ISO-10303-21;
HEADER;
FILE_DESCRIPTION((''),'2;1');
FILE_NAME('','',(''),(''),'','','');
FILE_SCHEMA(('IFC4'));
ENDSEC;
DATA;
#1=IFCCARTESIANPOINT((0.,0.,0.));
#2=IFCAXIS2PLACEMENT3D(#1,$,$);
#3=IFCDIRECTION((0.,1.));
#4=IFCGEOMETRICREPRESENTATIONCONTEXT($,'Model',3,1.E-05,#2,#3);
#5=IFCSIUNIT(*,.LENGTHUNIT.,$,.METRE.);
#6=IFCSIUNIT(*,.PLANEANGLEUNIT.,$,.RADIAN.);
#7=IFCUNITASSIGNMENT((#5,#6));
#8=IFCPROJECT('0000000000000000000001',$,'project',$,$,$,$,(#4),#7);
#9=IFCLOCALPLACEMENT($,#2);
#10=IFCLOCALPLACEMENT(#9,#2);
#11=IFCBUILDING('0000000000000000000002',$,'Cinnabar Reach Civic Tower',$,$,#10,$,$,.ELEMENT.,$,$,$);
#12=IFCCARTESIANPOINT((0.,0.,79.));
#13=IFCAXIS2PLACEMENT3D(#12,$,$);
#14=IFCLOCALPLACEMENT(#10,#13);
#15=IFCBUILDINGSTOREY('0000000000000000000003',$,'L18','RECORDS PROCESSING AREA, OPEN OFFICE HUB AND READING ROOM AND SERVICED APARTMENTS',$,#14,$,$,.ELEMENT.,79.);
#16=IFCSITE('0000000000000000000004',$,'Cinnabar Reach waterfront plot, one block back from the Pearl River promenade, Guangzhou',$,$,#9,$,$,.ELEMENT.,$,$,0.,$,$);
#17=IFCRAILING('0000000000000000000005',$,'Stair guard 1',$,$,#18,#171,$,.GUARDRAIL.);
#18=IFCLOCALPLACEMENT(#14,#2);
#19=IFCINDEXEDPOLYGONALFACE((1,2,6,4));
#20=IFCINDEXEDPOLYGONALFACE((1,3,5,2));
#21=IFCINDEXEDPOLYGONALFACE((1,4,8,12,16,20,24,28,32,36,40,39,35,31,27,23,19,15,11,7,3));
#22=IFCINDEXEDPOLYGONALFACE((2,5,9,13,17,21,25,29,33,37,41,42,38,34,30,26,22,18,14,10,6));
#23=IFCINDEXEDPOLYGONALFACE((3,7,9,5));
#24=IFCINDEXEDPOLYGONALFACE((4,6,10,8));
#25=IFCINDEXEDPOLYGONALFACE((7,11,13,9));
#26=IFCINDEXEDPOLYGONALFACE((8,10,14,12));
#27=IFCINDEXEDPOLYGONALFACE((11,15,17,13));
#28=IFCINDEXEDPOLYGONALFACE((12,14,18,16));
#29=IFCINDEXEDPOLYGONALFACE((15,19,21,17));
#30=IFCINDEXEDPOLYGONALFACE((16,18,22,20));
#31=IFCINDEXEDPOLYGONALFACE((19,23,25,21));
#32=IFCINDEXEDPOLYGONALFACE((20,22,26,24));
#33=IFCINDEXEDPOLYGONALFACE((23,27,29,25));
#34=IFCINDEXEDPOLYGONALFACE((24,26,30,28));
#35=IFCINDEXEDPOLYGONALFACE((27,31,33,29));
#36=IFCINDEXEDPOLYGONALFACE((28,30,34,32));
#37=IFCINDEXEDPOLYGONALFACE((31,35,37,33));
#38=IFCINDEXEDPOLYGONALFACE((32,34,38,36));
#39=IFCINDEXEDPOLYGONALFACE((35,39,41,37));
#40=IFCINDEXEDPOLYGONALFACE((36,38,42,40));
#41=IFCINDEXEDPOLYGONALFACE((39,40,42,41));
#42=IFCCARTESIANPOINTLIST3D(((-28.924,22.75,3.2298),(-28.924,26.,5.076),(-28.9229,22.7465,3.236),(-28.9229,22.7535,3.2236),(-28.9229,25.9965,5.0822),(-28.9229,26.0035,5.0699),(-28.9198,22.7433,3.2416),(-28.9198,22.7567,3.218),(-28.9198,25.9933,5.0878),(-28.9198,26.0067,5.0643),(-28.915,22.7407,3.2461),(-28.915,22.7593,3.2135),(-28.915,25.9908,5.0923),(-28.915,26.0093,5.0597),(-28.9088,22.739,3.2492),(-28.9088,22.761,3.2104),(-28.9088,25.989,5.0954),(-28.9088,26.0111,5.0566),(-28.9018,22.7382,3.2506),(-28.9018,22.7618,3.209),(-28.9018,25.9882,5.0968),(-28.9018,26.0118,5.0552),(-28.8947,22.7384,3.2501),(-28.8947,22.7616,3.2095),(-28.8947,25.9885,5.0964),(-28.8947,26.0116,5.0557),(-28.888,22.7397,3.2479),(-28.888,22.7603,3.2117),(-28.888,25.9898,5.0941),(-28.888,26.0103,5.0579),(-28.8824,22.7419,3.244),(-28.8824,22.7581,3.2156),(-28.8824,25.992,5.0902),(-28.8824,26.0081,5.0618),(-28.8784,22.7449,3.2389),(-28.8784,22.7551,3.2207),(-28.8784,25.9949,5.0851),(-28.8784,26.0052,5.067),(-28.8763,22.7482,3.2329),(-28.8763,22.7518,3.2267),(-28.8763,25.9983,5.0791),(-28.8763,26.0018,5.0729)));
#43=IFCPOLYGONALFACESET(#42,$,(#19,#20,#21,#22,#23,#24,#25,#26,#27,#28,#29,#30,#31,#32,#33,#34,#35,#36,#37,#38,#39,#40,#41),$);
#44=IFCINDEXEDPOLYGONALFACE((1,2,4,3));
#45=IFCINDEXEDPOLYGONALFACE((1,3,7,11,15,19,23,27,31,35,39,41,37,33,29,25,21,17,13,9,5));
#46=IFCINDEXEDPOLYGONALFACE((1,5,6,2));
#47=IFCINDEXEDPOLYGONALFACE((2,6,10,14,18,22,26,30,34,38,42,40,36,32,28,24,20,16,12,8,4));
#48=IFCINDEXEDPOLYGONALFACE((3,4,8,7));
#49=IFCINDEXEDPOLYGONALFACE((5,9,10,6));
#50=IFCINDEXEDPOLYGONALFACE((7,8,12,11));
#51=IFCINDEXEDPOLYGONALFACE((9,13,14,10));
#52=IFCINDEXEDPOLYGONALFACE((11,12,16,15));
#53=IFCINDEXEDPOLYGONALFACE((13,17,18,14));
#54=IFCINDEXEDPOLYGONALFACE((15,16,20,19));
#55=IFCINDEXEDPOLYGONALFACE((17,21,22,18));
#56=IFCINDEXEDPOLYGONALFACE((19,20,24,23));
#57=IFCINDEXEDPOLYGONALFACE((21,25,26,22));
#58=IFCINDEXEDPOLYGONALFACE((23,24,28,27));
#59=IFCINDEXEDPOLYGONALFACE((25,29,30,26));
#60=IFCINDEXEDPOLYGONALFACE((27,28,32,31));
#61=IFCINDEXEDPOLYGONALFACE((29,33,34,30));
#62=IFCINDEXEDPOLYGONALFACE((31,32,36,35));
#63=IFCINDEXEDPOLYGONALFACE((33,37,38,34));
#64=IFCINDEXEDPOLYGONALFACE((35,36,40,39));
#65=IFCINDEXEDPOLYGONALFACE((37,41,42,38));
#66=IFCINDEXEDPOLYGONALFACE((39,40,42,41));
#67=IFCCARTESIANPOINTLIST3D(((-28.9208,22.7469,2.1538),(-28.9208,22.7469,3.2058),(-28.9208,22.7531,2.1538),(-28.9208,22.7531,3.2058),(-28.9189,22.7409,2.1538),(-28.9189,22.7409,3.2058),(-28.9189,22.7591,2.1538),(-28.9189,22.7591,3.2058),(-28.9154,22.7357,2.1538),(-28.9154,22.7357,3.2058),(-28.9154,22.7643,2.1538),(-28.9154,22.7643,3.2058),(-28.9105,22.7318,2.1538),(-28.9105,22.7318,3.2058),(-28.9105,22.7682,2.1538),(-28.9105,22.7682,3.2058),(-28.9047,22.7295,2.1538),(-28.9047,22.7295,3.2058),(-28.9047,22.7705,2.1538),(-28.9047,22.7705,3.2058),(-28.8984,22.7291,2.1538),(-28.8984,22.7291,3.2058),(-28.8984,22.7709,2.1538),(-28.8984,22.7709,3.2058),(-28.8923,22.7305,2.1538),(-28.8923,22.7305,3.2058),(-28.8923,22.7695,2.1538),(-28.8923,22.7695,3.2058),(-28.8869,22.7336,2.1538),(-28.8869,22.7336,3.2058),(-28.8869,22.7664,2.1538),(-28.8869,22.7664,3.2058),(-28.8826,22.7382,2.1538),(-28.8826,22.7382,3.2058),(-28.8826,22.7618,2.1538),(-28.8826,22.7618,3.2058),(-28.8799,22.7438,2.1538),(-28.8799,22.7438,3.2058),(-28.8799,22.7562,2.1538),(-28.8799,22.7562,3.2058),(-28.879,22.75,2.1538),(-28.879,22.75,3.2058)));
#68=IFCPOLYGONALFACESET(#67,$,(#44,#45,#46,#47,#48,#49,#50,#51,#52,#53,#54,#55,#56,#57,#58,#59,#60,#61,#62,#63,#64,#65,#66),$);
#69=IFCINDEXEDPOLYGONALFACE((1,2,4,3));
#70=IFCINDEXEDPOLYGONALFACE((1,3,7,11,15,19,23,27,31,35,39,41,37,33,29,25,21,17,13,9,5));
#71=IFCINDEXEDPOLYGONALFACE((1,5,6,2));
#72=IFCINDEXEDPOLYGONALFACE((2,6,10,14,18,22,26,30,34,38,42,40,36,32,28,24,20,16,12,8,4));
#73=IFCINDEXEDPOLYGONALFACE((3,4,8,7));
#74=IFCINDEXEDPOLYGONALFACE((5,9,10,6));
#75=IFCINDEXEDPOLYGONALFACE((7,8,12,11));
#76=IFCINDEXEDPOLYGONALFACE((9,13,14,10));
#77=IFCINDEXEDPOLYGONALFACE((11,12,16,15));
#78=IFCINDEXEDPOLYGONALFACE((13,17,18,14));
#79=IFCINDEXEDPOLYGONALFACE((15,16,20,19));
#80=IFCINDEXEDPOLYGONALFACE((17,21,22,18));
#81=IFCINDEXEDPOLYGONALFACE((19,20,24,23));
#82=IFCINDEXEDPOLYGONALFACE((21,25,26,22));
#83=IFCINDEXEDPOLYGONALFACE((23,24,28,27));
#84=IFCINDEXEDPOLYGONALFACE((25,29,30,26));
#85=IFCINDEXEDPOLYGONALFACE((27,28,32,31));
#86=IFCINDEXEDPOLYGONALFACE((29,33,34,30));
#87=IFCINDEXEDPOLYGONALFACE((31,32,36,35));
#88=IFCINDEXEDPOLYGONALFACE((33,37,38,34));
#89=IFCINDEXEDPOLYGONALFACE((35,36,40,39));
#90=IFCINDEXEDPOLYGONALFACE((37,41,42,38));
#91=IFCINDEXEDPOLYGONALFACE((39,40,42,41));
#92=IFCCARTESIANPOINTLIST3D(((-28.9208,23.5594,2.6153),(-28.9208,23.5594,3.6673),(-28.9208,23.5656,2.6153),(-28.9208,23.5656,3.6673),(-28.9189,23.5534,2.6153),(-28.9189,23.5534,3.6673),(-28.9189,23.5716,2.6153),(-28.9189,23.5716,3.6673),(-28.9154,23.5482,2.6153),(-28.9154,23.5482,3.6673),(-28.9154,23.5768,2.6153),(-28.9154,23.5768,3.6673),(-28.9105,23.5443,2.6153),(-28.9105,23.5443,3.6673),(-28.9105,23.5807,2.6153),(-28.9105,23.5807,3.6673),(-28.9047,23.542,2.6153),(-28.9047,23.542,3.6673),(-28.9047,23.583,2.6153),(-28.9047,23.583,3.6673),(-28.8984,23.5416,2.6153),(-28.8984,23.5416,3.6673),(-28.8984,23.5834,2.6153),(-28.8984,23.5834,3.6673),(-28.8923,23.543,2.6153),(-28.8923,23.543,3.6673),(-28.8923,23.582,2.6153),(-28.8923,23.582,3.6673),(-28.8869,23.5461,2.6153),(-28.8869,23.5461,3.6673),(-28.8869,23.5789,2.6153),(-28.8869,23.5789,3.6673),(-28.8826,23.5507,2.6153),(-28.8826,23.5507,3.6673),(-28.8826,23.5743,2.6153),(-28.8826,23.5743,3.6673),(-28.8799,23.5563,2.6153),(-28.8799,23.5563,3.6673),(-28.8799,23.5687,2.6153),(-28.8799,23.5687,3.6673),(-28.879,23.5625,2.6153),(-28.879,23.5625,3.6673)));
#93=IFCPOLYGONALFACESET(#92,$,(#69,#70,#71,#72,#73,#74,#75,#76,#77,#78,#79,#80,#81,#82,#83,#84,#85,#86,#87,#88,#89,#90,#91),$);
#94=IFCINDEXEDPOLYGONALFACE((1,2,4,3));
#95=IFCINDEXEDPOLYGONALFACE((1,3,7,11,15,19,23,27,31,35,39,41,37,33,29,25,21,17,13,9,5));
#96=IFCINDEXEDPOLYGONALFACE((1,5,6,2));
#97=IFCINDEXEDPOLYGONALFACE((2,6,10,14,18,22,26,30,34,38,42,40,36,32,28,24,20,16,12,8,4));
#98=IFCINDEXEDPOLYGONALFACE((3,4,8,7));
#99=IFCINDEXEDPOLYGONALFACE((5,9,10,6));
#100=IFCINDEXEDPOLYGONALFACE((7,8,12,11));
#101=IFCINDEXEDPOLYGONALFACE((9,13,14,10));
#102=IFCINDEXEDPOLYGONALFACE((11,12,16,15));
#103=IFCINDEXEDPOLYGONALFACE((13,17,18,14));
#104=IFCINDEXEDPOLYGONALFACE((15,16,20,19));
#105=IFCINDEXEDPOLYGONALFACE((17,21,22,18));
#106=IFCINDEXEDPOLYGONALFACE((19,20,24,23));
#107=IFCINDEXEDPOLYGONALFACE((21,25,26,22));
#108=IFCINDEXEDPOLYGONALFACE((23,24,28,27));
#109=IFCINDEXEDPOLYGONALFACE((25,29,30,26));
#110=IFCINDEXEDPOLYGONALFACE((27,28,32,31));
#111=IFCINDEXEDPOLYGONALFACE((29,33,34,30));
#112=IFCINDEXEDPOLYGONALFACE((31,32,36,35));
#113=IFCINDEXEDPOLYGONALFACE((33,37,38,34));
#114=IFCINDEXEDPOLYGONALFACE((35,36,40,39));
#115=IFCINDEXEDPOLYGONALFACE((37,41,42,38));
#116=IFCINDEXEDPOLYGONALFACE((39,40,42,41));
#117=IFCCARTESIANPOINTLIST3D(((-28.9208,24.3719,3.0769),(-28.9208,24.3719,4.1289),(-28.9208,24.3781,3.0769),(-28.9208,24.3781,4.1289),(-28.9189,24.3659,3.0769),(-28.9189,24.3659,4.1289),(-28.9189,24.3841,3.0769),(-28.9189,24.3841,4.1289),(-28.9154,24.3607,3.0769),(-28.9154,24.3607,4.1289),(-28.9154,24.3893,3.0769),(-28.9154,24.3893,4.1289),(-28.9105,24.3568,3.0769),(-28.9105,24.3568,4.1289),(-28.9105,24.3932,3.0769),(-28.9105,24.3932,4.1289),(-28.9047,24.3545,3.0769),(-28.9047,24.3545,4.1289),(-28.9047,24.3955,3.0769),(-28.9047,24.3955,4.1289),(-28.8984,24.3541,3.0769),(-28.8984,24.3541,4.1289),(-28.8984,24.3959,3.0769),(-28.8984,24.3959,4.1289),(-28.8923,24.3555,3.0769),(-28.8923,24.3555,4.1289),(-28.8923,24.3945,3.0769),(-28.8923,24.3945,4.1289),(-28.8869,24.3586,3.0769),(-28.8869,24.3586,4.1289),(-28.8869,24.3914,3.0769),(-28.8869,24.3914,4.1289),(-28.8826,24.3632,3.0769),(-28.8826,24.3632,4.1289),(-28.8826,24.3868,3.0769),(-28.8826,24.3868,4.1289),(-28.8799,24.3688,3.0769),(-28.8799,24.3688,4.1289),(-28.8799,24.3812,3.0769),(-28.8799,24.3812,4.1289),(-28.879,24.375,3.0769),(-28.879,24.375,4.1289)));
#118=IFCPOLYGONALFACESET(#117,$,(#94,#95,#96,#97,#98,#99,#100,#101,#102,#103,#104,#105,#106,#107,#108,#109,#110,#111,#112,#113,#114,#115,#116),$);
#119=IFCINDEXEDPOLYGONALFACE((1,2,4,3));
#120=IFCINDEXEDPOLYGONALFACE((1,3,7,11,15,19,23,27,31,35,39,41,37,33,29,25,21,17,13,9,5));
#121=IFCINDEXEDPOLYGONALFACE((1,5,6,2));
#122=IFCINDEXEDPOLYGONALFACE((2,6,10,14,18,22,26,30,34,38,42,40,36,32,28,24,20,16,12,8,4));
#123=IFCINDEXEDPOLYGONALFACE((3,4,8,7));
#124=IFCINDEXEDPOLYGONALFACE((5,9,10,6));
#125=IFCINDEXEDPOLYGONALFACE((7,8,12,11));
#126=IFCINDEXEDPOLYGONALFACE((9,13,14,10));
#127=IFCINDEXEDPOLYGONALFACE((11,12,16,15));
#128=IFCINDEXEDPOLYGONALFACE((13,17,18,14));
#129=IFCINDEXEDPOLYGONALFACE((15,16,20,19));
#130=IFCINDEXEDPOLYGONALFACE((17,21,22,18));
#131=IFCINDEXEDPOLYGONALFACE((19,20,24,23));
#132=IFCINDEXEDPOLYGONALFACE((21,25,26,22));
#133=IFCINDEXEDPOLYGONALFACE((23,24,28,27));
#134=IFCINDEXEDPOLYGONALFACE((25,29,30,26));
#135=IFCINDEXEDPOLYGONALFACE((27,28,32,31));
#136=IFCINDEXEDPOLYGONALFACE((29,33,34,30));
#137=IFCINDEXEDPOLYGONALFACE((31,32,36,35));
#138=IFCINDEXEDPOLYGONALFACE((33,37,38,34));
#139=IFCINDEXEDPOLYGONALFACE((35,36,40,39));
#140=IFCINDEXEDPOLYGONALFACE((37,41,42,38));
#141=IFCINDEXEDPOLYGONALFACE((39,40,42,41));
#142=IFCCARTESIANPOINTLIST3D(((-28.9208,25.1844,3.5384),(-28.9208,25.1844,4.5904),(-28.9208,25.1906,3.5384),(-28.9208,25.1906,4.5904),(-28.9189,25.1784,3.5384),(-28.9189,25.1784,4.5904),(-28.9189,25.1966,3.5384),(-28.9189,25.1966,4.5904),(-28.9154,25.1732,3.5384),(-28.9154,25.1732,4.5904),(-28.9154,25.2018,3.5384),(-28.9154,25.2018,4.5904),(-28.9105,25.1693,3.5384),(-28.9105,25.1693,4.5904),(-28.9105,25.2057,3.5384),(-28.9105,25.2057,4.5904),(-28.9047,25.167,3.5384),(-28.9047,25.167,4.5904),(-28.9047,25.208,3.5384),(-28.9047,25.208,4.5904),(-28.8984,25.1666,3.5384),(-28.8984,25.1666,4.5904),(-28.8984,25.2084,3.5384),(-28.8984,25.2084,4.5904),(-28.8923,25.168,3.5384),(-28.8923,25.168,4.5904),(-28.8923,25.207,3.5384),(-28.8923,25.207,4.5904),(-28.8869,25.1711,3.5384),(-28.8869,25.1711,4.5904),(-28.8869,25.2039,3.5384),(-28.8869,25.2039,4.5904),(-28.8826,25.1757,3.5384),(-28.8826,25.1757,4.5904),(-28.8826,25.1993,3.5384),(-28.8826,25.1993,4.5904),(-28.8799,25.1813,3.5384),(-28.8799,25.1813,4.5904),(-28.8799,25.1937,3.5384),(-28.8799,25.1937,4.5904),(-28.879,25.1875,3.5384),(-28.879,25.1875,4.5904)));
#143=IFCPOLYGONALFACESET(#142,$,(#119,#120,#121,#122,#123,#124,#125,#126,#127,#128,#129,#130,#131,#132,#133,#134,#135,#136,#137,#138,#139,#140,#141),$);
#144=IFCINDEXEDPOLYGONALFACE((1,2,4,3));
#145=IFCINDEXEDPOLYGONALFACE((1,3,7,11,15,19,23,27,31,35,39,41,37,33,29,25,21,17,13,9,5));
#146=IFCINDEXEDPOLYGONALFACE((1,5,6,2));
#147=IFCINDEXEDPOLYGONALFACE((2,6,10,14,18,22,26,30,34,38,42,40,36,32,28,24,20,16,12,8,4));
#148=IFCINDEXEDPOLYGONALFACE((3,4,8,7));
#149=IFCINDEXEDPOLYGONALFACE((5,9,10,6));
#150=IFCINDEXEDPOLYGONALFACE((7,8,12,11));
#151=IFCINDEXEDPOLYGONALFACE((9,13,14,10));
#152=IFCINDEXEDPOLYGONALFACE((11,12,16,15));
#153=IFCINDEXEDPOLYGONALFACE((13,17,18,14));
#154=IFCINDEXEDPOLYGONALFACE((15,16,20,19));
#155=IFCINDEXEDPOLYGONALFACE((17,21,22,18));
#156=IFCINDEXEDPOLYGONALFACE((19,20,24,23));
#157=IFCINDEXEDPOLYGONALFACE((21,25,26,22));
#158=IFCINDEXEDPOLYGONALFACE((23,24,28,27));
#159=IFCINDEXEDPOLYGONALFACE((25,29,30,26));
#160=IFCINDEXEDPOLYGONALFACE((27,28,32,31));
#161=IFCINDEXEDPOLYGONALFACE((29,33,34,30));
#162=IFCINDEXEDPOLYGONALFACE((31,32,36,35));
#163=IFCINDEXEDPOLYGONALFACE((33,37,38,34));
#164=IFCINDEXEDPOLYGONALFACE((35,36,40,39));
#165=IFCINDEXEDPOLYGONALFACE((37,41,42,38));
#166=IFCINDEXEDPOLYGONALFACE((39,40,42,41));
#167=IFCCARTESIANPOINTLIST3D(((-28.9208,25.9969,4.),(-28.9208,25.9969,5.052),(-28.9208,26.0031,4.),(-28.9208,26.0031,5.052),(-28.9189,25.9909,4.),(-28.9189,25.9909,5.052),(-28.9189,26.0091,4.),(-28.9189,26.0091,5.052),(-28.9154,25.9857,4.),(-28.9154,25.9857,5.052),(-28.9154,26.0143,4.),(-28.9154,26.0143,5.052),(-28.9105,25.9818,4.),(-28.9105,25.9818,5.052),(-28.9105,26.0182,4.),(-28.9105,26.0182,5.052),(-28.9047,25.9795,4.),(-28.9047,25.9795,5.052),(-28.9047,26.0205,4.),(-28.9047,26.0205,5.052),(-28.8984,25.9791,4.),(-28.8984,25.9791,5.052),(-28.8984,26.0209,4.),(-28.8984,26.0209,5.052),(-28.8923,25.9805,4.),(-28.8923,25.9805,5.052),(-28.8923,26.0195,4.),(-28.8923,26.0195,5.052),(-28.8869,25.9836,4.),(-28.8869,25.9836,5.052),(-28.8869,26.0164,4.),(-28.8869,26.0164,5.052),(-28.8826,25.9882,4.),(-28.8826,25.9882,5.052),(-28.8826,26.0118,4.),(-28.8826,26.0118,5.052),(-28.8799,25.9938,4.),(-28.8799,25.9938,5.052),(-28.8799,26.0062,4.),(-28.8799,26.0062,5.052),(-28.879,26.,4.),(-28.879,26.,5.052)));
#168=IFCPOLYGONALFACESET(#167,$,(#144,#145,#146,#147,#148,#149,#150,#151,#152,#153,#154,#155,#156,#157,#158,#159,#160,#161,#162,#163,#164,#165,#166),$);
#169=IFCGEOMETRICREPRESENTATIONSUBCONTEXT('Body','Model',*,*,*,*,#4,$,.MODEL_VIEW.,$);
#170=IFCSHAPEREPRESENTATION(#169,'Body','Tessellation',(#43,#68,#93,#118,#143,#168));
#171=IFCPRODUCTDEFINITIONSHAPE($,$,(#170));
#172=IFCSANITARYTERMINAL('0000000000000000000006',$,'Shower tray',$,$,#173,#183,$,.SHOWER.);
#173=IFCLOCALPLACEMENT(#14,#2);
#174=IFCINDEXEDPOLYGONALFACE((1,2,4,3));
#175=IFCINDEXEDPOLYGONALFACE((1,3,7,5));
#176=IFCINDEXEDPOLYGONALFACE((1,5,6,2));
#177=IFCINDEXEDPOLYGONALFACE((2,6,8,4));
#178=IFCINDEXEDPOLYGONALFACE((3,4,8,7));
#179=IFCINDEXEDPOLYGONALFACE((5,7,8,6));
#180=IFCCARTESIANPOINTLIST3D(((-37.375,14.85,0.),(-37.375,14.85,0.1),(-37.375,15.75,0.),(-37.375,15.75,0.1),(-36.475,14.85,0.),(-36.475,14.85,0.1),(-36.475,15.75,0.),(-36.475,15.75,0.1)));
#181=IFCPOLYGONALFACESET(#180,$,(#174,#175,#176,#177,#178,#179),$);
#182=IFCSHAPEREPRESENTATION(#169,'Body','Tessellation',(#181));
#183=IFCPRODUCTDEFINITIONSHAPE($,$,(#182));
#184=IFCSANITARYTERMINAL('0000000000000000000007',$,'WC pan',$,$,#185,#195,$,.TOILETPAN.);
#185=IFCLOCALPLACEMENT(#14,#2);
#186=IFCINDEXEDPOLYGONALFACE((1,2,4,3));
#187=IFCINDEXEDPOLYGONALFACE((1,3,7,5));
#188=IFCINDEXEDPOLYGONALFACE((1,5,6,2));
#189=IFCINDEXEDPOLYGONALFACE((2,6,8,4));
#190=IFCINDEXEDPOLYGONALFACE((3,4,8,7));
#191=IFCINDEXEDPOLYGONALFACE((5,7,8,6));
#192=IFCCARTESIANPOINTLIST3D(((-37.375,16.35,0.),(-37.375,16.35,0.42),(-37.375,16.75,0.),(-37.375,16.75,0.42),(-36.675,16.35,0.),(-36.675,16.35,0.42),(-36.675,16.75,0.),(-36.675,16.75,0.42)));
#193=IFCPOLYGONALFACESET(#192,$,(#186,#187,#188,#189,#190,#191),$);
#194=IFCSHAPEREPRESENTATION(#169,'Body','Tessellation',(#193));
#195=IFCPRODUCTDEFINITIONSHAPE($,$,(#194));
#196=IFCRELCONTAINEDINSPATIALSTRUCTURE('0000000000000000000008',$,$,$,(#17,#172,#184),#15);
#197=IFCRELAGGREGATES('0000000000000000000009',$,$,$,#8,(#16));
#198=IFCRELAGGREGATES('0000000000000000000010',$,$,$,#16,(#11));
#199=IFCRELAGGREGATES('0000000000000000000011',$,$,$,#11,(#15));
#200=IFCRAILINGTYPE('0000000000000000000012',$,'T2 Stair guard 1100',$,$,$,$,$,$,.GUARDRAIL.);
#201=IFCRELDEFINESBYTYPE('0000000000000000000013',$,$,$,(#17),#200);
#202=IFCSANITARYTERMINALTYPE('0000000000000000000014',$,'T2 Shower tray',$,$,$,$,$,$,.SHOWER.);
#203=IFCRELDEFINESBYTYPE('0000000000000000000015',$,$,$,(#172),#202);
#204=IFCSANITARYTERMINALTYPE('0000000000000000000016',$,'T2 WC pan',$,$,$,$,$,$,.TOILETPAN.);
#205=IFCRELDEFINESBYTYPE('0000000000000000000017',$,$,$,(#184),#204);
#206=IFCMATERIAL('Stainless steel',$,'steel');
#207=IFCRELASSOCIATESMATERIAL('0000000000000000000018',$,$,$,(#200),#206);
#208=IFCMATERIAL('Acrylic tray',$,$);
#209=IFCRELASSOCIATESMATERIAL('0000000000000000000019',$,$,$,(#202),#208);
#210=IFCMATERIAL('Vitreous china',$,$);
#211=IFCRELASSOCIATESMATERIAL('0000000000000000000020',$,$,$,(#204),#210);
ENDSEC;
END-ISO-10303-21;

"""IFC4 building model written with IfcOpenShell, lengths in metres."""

from ifc_helpers import new_model, si_unit, direction, frame, origin, origin_2d, place, context, subcontext, project, spatial, rectangle, circle, extrude, material, type_object, element, save


model = new_model("IFC4")

# Units and contexts
model_context = context("Model", 3, precision=1e-05, world=origin(), true_north=direction((0.0, 1.0)))
body_context = subcontext(model_context, "Body", "Model", "MODEL_VIEW")
ifc_project = project(units=[si_unit("LENGTHUNIT", "METRE"), si_unit("PLANEANGLEUNIT", "RADIAN")], contexts=[model_context])

# Site, building, storey
site_placement = place(None, origin())
site = spatial("IfcSite", under=ifc_project, at=site_placement, Name="Cinnabar Reach waterfront plot, one block back from the Pearl River promenade, Guangzhou", CompositionType="ELEMENT", RefElevation=0.0)
building_placement = place(site_placement, origin())
building = spatial("IfcBuilding", under=site, at=building_placement, Name="Cinnabar Reach Civic Tower", CompositionType="ELEMENT")
storey_placement = place(building_placement, frame((0.0, 0.0, 79.0)))
storey = spatial("IfcBuildingStorey", under=building, at=storey_placement, Name="L18", Description="RECORDS PROCESSING AREA, OPEN OFFICE HUB AND READING ROOM AND SERVICED APARTMENTS", CompositionType="ELEMENT", Elevation=79.0)

# Railing
ifc_material_1 = material(Name="Stainless steel", Category="steel")
railing_type = type_object("IfcRailingType", Name="T2 Stair guard 1100", PredefinedType="GUARDRAIL", material=ifc_material_1)
railing_1_placement = place(storey_placement, frame((-28.9, 22.75, 2.1538)))
element("IfcRailing", 1, at=railing_1_placement, inside=storey, type_object=railing_type, Name="Stair guard 1", PredefinedType="GUARDRAIL", context=body_context, shape_type="SweptSolid", body=[
    extrude(circle(Radius=0.024, at=origin_2d()), frame((0.0, 0.0, 1.076), z_axis=(0.0, 0.869501, 0.49393), x_axis=(-1.0, 0.0, 0.0)), (0.0, 0.0, 1.0), 3.7378),
    extrude(circle(Radius=0.021, at=origin_2d()), origin(), (0.0, 0.0, 1.0), 1.052),
    extrude(circle(Radius=0.021, at=origin_2d()), frame((0.0, 0.8125, 0.4615)), (0.0, 0.0, 1.0), 1.052),
    extrude(circle(Radius=0.021, at=origin_2d()), frame((0.0, 1.625, 0.9231)), (0.0, 0.0, 1.0), 1.052),
    extrude(circle(Radius=0.021, at=origin_2d()), frame((0.0, 2.4375, 1.3846)), (0.0, 0.0, 1.0), 1.052),
    extrude(circle(Radius=0.021, at=origin_2d()), frame((0.0, 3.25, 1.8462)), (0.0, 0.0, 1.0), 1.052),
])

# Sanitary terminals
ifc_material_2 = material(Name="Acrylic tray")
sanitary_terminal_type_1 = type_object("IfcSanitaryTerminalType", Name="T2 Shower tray", PredefinedType="SHOWER", material=ifc_material_2)
sanitary_terminal_1_placement = place(storey_placement, frame((-36.925, 15.3, 0.0), z_axis=(0.0, 0.0, 1.0), x_axis=(1.0, 0.0, 0.0)))
element("IfcSanitaryTerminal", 2, at=sanitary_terminal_1_placement, inside=storey, type_object=sanitary_terminal_type_1, Name="Shower tray", PredefinedType="SHOWER", context=body_context, shape_type="SweptSolid", body=[
    extrude(rectangle(XDim=0.9, YDim=0.9, at=origin_2d()), origin(), (0.0, 0.0, 1.0), 0.1),
])
ifc_material_3 = material(Name="Vitreous china")
sanitary_terminal_type_2 = type_object("IfcSanitaryTerminalType", Name="T2 WC pan", PredefinedType="TOILETPAN", material=ifc_material_3)
sanitary_terminal_2_placement = place(storey_placement, frame((-37.025, 16.55, 0.0), z_axis=(0.0, 0.0, 1.0), x_axis=(1.0, 0.0, 0.0)))
element("IfcSanitaryTerminal", 3, at=sanitary_terminal_2_placement, inside=storey, type_object=sanitary_terminal_type_2, Name="WC pan", PredefinedType="TOILETPAN", context=body_context, shape_type="SweptSolid", body=[
    extrude(rectangle(XDim=0.7, YDim=0.4, at=origin_2d()), origin(), (0.0, 0.0, 1.0), 0.42),
])

save(model, "model.ifc")
